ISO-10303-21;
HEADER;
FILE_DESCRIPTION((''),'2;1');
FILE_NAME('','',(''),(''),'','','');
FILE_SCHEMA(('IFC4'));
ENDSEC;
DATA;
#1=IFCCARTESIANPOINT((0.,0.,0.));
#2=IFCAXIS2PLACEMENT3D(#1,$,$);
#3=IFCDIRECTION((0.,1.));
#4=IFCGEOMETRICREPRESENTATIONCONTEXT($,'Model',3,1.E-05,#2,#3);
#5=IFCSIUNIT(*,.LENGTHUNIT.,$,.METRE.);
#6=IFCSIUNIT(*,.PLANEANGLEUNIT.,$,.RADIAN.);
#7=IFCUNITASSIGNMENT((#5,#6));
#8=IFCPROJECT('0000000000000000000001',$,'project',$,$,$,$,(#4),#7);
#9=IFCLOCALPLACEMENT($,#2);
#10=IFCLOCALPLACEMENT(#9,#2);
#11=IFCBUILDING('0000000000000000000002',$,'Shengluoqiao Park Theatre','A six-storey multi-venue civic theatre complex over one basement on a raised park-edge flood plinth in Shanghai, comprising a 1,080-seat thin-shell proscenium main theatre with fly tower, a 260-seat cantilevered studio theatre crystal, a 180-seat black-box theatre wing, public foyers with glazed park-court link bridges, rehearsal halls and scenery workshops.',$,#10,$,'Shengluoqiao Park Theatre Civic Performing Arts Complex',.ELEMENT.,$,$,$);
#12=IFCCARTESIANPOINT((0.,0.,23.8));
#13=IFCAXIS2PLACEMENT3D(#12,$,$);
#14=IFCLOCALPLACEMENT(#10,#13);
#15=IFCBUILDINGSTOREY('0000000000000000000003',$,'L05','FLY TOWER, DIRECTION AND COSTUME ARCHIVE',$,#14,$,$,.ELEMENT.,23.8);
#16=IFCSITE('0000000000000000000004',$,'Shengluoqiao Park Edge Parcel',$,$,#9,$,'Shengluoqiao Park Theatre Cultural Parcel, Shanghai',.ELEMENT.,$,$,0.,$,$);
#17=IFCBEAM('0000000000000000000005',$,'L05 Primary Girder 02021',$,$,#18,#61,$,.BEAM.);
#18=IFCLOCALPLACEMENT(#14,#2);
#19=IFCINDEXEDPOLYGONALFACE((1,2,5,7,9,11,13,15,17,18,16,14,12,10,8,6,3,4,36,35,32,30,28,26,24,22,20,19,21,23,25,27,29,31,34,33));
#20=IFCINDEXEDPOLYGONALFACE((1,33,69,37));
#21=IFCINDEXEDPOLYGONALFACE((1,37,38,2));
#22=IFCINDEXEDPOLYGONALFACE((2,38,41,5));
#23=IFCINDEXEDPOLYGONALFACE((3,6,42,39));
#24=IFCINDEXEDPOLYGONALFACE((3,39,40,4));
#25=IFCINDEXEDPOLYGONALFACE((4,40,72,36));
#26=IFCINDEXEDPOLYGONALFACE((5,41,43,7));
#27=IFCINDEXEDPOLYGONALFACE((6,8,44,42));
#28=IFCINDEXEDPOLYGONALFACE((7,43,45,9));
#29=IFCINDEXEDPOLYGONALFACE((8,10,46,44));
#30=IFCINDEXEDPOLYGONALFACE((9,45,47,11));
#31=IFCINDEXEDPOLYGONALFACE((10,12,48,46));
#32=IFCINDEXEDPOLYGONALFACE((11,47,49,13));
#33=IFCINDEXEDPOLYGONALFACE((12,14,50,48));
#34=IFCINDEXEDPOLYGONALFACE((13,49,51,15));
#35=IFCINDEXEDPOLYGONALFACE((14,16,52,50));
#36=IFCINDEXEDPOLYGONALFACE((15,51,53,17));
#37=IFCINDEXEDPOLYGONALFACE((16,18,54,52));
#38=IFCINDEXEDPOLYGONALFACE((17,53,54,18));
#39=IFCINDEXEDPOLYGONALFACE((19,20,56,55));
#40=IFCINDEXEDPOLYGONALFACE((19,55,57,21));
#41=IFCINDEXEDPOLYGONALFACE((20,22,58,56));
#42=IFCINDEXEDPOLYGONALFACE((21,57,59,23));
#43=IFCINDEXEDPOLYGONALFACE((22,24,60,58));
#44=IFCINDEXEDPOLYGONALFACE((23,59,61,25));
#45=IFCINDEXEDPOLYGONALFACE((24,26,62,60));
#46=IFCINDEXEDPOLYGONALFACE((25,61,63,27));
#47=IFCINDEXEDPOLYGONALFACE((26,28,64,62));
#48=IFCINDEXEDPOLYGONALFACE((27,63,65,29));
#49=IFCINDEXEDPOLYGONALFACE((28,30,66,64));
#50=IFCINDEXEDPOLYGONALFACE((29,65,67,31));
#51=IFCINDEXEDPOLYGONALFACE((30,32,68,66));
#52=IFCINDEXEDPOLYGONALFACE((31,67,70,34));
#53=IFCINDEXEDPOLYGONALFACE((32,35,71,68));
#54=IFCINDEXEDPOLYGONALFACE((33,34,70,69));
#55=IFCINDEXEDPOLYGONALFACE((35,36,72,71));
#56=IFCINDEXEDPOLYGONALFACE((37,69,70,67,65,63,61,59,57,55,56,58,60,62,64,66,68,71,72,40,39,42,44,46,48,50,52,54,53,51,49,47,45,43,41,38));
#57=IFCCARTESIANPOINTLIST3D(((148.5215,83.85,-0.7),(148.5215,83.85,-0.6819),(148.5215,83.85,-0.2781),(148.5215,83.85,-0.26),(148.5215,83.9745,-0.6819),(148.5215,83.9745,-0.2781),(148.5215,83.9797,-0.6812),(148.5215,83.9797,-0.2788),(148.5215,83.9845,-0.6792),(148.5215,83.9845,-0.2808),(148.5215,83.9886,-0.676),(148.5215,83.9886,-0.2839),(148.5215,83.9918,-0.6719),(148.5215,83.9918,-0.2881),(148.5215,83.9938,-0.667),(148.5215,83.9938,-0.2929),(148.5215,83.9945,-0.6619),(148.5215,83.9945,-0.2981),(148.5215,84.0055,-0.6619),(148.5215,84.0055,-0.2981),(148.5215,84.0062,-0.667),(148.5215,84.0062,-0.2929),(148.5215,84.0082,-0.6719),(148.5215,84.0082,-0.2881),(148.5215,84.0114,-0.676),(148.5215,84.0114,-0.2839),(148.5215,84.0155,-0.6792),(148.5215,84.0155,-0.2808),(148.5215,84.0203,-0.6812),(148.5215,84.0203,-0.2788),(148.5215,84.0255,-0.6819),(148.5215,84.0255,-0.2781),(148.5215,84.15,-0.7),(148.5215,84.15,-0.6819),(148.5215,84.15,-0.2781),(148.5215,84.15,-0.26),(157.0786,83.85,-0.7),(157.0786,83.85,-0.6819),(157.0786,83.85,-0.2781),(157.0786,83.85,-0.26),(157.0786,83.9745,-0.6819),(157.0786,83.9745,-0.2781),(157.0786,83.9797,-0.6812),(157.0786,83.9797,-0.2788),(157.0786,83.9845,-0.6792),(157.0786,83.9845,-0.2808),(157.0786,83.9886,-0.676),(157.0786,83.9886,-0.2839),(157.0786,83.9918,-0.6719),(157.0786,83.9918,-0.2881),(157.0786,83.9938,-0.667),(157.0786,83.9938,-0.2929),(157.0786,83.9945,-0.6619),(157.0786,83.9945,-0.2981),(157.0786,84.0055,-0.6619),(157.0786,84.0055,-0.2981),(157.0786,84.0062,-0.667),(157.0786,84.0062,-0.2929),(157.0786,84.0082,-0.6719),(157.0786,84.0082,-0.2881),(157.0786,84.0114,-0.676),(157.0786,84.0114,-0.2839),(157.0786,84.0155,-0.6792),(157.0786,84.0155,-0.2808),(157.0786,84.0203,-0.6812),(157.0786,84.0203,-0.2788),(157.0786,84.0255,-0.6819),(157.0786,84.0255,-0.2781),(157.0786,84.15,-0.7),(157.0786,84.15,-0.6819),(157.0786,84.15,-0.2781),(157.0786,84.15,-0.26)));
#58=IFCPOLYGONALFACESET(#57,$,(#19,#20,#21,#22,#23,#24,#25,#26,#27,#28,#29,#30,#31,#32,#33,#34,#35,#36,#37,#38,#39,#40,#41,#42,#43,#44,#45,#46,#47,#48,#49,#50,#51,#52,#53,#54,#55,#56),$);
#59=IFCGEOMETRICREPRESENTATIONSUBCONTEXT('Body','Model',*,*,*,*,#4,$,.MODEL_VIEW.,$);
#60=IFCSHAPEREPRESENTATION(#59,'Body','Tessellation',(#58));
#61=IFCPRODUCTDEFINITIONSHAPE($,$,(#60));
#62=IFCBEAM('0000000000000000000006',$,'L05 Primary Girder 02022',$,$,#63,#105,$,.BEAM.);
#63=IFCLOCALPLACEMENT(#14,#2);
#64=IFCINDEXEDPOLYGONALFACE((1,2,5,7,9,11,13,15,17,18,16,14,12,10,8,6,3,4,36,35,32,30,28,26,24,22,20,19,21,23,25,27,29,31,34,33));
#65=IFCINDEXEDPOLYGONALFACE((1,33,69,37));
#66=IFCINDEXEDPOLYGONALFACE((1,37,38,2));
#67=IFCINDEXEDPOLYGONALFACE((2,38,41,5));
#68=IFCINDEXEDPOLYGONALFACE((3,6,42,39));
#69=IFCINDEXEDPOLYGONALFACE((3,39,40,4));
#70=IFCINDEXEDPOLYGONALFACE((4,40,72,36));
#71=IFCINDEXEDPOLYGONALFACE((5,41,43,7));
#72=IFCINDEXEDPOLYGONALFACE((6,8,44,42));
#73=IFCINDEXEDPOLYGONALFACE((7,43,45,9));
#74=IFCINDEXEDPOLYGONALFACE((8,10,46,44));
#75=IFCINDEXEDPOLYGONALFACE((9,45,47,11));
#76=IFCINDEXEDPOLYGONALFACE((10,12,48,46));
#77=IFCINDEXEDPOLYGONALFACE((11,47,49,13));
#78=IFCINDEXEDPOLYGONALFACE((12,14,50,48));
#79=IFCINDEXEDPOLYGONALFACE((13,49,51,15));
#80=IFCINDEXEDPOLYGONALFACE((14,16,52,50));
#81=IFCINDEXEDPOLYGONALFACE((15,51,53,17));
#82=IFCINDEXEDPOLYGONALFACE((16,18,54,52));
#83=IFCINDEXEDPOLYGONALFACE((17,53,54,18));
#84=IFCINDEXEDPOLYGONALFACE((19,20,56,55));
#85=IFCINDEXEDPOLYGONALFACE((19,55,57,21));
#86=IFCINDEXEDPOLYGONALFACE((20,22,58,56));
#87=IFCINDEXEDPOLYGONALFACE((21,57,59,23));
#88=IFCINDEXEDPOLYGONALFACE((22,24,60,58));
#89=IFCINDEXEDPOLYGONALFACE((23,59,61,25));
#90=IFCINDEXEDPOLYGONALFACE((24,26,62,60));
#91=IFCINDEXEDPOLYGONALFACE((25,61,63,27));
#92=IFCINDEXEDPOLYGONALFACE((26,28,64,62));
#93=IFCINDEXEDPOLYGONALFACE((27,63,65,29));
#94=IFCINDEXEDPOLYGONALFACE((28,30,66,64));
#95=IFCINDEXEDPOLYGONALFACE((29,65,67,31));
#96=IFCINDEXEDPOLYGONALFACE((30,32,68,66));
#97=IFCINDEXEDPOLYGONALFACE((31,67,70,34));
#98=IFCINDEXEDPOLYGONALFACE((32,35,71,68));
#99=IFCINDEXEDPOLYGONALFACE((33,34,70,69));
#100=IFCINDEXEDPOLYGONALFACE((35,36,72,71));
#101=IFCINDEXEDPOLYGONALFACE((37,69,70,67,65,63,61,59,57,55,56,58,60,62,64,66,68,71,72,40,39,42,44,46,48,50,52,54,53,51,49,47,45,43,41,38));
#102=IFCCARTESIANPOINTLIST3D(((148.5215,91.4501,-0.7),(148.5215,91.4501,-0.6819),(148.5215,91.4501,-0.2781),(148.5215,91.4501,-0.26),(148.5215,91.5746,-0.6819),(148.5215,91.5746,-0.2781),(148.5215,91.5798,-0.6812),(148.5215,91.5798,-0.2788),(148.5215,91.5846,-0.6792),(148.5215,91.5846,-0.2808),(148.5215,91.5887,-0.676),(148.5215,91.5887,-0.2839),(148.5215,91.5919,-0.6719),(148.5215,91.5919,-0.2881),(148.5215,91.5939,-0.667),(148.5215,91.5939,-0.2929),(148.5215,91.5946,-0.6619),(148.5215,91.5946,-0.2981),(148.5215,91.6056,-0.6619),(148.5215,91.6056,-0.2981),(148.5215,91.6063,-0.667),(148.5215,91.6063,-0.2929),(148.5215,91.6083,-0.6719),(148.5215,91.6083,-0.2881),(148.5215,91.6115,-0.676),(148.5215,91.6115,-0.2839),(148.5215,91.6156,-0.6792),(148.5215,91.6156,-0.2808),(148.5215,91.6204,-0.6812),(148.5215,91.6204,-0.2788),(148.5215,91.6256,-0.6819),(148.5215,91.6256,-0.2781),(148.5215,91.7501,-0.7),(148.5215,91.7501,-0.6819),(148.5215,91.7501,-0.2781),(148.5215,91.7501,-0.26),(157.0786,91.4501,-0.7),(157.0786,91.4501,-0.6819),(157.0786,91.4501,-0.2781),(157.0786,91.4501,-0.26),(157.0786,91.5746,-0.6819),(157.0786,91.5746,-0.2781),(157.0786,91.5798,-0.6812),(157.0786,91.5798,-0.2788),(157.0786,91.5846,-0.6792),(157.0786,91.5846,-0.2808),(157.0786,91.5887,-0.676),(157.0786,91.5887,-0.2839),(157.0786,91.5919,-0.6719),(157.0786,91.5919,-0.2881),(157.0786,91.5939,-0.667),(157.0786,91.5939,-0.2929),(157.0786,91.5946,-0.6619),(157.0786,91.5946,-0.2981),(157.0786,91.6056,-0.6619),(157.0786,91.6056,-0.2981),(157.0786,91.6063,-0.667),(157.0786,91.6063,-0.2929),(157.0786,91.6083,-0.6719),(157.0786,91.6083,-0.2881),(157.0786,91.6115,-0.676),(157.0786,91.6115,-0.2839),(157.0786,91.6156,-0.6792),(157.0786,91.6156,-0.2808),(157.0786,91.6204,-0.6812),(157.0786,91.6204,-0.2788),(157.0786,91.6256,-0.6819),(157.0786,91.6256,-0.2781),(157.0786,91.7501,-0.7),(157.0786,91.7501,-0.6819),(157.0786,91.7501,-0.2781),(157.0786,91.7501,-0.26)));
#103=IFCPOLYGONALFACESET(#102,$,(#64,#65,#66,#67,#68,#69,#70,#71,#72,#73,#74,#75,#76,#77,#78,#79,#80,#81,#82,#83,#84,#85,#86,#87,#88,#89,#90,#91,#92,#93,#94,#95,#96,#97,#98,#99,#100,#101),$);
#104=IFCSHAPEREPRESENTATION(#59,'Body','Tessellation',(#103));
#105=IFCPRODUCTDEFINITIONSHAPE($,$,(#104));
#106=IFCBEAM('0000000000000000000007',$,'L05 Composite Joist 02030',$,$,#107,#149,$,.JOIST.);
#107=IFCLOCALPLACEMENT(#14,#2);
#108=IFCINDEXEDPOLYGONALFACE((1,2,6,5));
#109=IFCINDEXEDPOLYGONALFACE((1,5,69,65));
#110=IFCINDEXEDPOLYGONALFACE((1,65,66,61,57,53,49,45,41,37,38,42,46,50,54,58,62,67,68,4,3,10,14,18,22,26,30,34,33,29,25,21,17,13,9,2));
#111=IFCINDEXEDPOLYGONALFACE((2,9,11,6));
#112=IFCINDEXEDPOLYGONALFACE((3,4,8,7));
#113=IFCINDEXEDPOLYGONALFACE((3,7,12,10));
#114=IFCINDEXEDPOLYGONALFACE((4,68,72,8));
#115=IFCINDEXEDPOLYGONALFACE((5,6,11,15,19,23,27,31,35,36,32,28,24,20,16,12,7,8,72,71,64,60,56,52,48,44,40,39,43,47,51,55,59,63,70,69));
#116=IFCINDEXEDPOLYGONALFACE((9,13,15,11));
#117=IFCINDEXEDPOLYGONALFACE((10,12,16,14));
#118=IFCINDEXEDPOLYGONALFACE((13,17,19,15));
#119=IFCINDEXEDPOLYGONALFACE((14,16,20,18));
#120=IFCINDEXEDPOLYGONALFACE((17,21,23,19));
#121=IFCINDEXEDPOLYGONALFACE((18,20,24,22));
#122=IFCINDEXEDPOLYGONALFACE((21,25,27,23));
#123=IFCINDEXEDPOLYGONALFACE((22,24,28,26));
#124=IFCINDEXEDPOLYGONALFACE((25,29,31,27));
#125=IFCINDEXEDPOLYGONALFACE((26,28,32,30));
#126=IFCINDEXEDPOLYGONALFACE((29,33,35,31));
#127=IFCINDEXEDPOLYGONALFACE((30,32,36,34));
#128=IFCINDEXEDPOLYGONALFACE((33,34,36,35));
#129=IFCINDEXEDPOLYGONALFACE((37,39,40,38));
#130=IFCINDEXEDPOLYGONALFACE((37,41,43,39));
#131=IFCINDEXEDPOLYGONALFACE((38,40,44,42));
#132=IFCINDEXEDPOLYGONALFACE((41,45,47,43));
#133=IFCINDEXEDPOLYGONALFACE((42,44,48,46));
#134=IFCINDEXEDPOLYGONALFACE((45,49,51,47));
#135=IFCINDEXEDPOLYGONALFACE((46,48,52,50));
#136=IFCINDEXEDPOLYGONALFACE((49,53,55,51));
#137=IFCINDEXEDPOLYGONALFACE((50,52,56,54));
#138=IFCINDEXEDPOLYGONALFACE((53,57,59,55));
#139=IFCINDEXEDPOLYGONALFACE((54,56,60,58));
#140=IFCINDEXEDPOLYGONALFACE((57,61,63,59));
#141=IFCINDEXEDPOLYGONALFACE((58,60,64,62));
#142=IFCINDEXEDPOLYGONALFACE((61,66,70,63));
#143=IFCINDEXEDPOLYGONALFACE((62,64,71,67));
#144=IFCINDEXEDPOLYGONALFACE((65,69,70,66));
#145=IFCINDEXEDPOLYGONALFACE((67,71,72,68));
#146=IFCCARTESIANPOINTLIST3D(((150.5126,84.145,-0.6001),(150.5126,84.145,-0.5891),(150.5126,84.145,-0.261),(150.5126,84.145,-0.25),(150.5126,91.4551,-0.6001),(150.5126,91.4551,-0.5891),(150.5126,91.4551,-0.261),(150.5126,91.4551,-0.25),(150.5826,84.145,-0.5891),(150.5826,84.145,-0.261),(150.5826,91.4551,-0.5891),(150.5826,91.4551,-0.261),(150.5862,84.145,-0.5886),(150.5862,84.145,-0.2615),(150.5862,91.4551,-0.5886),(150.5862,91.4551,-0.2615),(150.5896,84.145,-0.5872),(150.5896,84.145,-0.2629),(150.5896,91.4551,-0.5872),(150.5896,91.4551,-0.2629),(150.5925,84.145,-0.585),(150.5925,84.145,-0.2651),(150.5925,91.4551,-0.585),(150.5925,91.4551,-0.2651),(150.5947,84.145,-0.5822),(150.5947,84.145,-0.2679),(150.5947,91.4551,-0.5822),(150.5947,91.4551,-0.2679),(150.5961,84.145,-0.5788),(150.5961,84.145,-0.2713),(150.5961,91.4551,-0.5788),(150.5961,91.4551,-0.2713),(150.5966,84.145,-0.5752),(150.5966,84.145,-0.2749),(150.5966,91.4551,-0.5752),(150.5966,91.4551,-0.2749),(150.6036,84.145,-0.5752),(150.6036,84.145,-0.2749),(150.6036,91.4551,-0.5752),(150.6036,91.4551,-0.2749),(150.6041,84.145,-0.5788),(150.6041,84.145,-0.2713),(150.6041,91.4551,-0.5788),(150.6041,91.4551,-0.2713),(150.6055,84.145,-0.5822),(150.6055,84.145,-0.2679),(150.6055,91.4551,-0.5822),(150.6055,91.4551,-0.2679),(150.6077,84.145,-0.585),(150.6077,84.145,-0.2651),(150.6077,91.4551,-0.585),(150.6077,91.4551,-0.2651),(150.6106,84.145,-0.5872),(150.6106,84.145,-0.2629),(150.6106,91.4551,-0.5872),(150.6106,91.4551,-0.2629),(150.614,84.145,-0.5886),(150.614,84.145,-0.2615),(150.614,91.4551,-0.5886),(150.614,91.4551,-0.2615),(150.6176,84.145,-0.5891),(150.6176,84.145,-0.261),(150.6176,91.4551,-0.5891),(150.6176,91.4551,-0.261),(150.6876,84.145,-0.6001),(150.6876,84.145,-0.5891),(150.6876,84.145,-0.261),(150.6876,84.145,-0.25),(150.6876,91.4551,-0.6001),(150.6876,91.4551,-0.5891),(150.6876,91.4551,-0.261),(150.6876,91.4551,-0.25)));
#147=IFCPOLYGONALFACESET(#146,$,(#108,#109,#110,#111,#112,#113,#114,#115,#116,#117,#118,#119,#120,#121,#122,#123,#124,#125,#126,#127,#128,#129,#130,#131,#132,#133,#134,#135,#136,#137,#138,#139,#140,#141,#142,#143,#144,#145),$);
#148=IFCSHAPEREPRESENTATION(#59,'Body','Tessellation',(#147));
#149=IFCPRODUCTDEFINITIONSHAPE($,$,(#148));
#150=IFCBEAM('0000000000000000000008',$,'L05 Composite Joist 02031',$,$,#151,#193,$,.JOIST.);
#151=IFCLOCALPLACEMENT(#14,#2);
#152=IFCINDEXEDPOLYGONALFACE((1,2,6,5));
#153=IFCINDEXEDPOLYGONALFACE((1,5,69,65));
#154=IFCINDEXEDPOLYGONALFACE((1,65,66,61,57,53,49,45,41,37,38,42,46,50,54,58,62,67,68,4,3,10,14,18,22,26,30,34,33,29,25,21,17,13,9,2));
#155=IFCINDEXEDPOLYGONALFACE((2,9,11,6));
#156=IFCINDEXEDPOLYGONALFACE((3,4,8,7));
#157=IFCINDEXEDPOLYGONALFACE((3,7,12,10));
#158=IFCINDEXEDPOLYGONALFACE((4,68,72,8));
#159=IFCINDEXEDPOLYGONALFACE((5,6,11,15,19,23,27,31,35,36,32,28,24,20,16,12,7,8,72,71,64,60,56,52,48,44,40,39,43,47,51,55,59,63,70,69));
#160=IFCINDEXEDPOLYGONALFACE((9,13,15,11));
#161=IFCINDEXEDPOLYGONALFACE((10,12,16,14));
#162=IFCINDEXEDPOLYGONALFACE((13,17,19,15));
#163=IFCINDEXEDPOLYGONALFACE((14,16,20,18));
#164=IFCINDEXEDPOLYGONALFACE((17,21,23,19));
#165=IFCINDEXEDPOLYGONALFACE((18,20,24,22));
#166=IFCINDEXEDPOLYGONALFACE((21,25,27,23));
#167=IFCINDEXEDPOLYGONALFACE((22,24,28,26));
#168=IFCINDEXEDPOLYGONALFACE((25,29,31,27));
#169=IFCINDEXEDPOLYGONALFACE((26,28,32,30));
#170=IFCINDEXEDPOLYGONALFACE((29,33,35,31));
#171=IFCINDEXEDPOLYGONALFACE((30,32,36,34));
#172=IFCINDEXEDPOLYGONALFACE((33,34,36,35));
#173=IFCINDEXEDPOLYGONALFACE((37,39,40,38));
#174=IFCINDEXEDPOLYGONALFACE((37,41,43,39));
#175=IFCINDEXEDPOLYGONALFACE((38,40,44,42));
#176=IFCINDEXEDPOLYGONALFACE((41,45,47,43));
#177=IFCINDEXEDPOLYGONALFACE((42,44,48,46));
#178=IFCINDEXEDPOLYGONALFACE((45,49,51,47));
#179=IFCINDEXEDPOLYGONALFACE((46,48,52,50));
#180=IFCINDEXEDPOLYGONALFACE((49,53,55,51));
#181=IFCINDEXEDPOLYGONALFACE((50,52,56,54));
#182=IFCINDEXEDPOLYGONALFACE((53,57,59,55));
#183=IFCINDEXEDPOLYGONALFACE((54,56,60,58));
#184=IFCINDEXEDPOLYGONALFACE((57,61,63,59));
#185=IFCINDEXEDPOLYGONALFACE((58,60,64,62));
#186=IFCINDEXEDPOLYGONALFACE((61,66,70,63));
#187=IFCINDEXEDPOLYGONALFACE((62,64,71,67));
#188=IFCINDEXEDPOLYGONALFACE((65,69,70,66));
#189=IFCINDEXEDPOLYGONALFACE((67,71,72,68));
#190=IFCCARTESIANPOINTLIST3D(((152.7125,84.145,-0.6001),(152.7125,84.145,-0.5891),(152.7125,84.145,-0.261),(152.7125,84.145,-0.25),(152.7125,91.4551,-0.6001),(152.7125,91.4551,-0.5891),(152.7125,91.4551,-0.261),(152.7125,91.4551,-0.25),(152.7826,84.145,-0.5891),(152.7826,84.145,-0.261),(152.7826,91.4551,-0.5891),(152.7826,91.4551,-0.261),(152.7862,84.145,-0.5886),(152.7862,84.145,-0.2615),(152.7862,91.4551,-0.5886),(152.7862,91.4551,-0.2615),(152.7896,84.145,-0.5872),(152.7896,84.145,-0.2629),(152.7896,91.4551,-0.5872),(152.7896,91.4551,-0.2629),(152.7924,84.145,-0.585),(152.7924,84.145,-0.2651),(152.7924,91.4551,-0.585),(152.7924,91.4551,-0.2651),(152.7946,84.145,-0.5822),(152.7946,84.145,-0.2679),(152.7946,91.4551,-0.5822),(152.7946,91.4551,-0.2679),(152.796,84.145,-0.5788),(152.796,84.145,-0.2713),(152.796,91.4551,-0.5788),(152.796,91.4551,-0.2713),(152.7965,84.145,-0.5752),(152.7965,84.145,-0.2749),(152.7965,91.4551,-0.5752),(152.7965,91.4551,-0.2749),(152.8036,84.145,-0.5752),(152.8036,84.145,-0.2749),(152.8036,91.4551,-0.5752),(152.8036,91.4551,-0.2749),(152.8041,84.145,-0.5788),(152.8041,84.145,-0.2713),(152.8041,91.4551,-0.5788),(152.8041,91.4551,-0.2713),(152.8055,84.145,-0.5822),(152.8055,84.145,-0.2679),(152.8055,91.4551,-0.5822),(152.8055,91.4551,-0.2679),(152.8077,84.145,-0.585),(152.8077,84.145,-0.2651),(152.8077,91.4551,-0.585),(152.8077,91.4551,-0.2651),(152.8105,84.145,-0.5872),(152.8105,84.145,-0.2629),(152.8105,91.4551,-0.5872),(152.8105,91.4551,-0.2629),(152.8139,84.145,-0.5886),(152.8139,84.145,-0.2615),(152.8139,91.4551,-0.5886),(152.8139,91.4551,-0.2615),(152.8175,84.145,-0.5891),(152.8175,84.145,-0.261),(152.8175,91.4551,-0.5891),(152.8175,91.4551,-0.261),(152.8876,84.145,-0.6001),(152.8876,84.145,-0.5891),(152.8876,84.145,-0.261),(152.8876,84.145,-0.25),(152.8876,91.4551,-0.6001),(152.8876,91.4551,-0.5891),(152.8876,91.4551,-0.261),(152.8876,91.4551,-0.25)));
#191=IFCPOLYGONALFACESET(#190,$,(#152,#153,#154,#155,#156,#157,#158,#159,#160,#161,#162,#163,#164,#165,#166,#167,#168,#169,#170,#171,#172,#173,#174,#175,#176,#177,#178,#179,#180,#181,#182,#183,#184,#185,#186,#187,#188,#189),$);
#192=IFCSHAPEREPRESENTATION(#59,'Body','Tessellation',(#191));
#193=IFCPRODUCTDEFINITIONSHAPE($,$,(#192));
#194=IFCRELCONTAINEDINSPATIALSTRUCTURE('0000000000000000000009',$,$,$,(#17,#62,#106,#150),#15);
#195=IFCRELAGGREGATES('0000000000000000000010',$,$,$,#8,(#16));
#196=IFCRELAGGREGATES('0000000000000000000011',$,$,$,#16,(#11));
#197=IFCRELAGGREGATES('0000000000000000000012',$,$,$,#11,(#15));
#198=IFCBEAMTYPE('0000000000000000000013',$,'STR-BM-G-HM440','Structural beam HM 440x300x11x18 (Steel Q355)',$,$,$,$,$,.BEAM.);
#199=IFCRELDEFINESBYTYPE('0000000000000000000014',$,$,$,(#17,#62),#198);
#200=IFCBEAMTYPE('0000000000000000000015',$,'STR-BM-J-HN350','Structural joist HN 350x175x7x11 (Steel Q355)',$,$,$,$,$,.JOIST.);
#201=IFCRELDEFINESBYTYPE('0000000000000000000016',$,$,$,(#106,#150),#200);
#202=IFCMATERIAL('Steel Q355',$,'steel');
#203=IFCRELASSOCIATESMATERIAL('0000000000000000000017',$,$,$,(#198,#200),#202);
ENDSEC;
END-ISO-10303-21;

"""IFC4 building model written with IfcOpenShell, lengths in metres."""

from ifc_helpers import new_model, si_unit, direction, frame, origin, origin_2d, place, context, subcontext, project, spatial, i_section, extrude, material, material_profile, profile_set, type_object, element, save


model = new_model("IFC4")

# Units and contexts
model_context = context("Model", 3, precision=1e-05, world=origin(), true_north=direction((0.0, 1.0)))
body_context = subcontext(model_context, "Body", "Model", "MODEL_VIEW")
ifc_project = project(units=[si_unit("LENGTHUNIT", "METRE"), si_unit("PLANEANGLEUNIT", "RADIAN")], contexts=[model_context])

# Site, building, storey
site_placement = place(None, origin())
site = spatial("IfcSite", under=ifc_project, at=site_placement, Name="Shengluoqiao Park Edge Parcel", LongName="Shengluoqiao Park Theatre Cultural Parcel, Shanghai", CompositionType="ELEMENT", RefElevation=0.0)
building_placement = place(site_placement, origin())
building = spatial("IfcBuilding", under=site, at=building_placement, Name="Shengluoqiao Park Theatre", Description="A six-storey multi-venue civic theatre complex over one basement on a raised park-edge flood plinth in Shanghai, comprising a 1,080-seat thin-shell proscenium main theatre with fly tower, a 260-seat cantilevered studio theatre crystal, a 180-seat black-box theatre wing, public foyers with glazed park-court link bridges, rehearsal halls and scenery workshops.", LongName="Shengluoqiao Park Theatre Civic Performing Arts Complex", CompositionType="ELEMENT")
storey_placement = place(building_placement, frame((0.0, 0.0, 23.8)))
storey = spatial("IfcBuildingStorey", under=building, at=storey_placement, Name="L05", Description="FLY TOWER, DIRECTION AND COSTUME ARCHIVE", CompositionType="ELEMENT", Elevation=23.8)

# Shared definitions
ifc_material_1 = material(Name="Steel Q355", Category="steel")

# Beams
ifc_material_profile_1 = material_profile(ifc_material_1, i_section(OverallWidth=0.3, OverallDepth=0.4399, WebThickness=0.011, FlangeThickness=0.0181, FilletRadius=0.02, at=origin_2d()), Name="HM 440x300x11x18")
ifc_profile_set_1 = profile_set([ifc_material_profile_1], Name="Steel Q355")
beam_type_1 = type_object("IfcBeamType", Name="STR-BM-G-HM440", Description="Structural beam HM 440x300x11x18 (Steel Q355)", PredefinedType="BEAM", material=ifc_profile_set_1)
for number, where, z_axis, x_axis, name in (
    (1, (148.5215, 84.0, -0.48), (1.0, 0.0, 0.0), (0.0, 1.0, 0.0), "L05 Primary Girder 02021"),
    (2, (148.5215, 91.6001, -0.48), (1.0, 0.0, 0.0), (0.0, 1.0, 0.0), "L05 Primary Girder 02022"),
):
    element("IfcBeam", number, at=place(storey_placement, frame(where, z_axis=z_axis, x_axis=x_axis)), inside=storey, type_object=beam_type_1, Name=name, PredefinedType="BEAM", context=body_context, shape_type="SweptSolid", body=[
        extrude(i_section(OverallWidth=0.3, OverallDepth=0.4399, WebThickness=0.011, FlangeThickness=0.0181, FilletRadius=0.02, at=origin_2d()), origin(), (0.0, 0.0, 1.0), 8.5571),
    ])
ifc_material_profile_2 = material_profile(ifc_material_1, i_section(OverallWidth=0.175, OverallDepth=0.3501, WebThickness=0.0071, FlangeThickness=0.011, FilletRadius=0.0139, at=origin_2d()), Name="HN 350x175x7x11")
ifc_profile_set_2 = profile_set([ifc_material_profile_2], Name="Steel Q355")
beam_type_2 = type_object("IfcBeamType", Name="STR-BM-J-HN350", Description="Structural joist HN 350x175x7x11 (Steel Q355)", PredefinedType="JOIST", material=ifc_profile_set_2)
for number, where, z_axis, x_axis, name in (
    (3, (150.6001, 84.145, -0.425), (0.0, 1.0, 0.0), (-1.0, 0.0, 0.0), "L05 Composite Joist 02030"),
    (4, (152.8, 84.145, -0.425), (0.0, 1.0, 0.0), (-1.0, 0.0, 0.0), "L05 Composite Joist 02031"),
):
    element("IfcBeam", number, at=place(storey_placement, frame(where, z_axis=z_axis, x_axis=x_axis)), inside=storey, type_object=beam_type_2, Name=name, PredefinedType="JOIST", context=body_context, shape_type="SweptSolid", body=[
        extrude(i_section(OverallWidth=0.175, OverallDepth=0.3501, WebThickness=0.0071, FlangeThickness=0.011, FilletRadius=0.0139, at=origin_2d()), origin(), (0.0, 0.0, 1.0), 7.3101),
    ])

save(model, "model.ifc")
